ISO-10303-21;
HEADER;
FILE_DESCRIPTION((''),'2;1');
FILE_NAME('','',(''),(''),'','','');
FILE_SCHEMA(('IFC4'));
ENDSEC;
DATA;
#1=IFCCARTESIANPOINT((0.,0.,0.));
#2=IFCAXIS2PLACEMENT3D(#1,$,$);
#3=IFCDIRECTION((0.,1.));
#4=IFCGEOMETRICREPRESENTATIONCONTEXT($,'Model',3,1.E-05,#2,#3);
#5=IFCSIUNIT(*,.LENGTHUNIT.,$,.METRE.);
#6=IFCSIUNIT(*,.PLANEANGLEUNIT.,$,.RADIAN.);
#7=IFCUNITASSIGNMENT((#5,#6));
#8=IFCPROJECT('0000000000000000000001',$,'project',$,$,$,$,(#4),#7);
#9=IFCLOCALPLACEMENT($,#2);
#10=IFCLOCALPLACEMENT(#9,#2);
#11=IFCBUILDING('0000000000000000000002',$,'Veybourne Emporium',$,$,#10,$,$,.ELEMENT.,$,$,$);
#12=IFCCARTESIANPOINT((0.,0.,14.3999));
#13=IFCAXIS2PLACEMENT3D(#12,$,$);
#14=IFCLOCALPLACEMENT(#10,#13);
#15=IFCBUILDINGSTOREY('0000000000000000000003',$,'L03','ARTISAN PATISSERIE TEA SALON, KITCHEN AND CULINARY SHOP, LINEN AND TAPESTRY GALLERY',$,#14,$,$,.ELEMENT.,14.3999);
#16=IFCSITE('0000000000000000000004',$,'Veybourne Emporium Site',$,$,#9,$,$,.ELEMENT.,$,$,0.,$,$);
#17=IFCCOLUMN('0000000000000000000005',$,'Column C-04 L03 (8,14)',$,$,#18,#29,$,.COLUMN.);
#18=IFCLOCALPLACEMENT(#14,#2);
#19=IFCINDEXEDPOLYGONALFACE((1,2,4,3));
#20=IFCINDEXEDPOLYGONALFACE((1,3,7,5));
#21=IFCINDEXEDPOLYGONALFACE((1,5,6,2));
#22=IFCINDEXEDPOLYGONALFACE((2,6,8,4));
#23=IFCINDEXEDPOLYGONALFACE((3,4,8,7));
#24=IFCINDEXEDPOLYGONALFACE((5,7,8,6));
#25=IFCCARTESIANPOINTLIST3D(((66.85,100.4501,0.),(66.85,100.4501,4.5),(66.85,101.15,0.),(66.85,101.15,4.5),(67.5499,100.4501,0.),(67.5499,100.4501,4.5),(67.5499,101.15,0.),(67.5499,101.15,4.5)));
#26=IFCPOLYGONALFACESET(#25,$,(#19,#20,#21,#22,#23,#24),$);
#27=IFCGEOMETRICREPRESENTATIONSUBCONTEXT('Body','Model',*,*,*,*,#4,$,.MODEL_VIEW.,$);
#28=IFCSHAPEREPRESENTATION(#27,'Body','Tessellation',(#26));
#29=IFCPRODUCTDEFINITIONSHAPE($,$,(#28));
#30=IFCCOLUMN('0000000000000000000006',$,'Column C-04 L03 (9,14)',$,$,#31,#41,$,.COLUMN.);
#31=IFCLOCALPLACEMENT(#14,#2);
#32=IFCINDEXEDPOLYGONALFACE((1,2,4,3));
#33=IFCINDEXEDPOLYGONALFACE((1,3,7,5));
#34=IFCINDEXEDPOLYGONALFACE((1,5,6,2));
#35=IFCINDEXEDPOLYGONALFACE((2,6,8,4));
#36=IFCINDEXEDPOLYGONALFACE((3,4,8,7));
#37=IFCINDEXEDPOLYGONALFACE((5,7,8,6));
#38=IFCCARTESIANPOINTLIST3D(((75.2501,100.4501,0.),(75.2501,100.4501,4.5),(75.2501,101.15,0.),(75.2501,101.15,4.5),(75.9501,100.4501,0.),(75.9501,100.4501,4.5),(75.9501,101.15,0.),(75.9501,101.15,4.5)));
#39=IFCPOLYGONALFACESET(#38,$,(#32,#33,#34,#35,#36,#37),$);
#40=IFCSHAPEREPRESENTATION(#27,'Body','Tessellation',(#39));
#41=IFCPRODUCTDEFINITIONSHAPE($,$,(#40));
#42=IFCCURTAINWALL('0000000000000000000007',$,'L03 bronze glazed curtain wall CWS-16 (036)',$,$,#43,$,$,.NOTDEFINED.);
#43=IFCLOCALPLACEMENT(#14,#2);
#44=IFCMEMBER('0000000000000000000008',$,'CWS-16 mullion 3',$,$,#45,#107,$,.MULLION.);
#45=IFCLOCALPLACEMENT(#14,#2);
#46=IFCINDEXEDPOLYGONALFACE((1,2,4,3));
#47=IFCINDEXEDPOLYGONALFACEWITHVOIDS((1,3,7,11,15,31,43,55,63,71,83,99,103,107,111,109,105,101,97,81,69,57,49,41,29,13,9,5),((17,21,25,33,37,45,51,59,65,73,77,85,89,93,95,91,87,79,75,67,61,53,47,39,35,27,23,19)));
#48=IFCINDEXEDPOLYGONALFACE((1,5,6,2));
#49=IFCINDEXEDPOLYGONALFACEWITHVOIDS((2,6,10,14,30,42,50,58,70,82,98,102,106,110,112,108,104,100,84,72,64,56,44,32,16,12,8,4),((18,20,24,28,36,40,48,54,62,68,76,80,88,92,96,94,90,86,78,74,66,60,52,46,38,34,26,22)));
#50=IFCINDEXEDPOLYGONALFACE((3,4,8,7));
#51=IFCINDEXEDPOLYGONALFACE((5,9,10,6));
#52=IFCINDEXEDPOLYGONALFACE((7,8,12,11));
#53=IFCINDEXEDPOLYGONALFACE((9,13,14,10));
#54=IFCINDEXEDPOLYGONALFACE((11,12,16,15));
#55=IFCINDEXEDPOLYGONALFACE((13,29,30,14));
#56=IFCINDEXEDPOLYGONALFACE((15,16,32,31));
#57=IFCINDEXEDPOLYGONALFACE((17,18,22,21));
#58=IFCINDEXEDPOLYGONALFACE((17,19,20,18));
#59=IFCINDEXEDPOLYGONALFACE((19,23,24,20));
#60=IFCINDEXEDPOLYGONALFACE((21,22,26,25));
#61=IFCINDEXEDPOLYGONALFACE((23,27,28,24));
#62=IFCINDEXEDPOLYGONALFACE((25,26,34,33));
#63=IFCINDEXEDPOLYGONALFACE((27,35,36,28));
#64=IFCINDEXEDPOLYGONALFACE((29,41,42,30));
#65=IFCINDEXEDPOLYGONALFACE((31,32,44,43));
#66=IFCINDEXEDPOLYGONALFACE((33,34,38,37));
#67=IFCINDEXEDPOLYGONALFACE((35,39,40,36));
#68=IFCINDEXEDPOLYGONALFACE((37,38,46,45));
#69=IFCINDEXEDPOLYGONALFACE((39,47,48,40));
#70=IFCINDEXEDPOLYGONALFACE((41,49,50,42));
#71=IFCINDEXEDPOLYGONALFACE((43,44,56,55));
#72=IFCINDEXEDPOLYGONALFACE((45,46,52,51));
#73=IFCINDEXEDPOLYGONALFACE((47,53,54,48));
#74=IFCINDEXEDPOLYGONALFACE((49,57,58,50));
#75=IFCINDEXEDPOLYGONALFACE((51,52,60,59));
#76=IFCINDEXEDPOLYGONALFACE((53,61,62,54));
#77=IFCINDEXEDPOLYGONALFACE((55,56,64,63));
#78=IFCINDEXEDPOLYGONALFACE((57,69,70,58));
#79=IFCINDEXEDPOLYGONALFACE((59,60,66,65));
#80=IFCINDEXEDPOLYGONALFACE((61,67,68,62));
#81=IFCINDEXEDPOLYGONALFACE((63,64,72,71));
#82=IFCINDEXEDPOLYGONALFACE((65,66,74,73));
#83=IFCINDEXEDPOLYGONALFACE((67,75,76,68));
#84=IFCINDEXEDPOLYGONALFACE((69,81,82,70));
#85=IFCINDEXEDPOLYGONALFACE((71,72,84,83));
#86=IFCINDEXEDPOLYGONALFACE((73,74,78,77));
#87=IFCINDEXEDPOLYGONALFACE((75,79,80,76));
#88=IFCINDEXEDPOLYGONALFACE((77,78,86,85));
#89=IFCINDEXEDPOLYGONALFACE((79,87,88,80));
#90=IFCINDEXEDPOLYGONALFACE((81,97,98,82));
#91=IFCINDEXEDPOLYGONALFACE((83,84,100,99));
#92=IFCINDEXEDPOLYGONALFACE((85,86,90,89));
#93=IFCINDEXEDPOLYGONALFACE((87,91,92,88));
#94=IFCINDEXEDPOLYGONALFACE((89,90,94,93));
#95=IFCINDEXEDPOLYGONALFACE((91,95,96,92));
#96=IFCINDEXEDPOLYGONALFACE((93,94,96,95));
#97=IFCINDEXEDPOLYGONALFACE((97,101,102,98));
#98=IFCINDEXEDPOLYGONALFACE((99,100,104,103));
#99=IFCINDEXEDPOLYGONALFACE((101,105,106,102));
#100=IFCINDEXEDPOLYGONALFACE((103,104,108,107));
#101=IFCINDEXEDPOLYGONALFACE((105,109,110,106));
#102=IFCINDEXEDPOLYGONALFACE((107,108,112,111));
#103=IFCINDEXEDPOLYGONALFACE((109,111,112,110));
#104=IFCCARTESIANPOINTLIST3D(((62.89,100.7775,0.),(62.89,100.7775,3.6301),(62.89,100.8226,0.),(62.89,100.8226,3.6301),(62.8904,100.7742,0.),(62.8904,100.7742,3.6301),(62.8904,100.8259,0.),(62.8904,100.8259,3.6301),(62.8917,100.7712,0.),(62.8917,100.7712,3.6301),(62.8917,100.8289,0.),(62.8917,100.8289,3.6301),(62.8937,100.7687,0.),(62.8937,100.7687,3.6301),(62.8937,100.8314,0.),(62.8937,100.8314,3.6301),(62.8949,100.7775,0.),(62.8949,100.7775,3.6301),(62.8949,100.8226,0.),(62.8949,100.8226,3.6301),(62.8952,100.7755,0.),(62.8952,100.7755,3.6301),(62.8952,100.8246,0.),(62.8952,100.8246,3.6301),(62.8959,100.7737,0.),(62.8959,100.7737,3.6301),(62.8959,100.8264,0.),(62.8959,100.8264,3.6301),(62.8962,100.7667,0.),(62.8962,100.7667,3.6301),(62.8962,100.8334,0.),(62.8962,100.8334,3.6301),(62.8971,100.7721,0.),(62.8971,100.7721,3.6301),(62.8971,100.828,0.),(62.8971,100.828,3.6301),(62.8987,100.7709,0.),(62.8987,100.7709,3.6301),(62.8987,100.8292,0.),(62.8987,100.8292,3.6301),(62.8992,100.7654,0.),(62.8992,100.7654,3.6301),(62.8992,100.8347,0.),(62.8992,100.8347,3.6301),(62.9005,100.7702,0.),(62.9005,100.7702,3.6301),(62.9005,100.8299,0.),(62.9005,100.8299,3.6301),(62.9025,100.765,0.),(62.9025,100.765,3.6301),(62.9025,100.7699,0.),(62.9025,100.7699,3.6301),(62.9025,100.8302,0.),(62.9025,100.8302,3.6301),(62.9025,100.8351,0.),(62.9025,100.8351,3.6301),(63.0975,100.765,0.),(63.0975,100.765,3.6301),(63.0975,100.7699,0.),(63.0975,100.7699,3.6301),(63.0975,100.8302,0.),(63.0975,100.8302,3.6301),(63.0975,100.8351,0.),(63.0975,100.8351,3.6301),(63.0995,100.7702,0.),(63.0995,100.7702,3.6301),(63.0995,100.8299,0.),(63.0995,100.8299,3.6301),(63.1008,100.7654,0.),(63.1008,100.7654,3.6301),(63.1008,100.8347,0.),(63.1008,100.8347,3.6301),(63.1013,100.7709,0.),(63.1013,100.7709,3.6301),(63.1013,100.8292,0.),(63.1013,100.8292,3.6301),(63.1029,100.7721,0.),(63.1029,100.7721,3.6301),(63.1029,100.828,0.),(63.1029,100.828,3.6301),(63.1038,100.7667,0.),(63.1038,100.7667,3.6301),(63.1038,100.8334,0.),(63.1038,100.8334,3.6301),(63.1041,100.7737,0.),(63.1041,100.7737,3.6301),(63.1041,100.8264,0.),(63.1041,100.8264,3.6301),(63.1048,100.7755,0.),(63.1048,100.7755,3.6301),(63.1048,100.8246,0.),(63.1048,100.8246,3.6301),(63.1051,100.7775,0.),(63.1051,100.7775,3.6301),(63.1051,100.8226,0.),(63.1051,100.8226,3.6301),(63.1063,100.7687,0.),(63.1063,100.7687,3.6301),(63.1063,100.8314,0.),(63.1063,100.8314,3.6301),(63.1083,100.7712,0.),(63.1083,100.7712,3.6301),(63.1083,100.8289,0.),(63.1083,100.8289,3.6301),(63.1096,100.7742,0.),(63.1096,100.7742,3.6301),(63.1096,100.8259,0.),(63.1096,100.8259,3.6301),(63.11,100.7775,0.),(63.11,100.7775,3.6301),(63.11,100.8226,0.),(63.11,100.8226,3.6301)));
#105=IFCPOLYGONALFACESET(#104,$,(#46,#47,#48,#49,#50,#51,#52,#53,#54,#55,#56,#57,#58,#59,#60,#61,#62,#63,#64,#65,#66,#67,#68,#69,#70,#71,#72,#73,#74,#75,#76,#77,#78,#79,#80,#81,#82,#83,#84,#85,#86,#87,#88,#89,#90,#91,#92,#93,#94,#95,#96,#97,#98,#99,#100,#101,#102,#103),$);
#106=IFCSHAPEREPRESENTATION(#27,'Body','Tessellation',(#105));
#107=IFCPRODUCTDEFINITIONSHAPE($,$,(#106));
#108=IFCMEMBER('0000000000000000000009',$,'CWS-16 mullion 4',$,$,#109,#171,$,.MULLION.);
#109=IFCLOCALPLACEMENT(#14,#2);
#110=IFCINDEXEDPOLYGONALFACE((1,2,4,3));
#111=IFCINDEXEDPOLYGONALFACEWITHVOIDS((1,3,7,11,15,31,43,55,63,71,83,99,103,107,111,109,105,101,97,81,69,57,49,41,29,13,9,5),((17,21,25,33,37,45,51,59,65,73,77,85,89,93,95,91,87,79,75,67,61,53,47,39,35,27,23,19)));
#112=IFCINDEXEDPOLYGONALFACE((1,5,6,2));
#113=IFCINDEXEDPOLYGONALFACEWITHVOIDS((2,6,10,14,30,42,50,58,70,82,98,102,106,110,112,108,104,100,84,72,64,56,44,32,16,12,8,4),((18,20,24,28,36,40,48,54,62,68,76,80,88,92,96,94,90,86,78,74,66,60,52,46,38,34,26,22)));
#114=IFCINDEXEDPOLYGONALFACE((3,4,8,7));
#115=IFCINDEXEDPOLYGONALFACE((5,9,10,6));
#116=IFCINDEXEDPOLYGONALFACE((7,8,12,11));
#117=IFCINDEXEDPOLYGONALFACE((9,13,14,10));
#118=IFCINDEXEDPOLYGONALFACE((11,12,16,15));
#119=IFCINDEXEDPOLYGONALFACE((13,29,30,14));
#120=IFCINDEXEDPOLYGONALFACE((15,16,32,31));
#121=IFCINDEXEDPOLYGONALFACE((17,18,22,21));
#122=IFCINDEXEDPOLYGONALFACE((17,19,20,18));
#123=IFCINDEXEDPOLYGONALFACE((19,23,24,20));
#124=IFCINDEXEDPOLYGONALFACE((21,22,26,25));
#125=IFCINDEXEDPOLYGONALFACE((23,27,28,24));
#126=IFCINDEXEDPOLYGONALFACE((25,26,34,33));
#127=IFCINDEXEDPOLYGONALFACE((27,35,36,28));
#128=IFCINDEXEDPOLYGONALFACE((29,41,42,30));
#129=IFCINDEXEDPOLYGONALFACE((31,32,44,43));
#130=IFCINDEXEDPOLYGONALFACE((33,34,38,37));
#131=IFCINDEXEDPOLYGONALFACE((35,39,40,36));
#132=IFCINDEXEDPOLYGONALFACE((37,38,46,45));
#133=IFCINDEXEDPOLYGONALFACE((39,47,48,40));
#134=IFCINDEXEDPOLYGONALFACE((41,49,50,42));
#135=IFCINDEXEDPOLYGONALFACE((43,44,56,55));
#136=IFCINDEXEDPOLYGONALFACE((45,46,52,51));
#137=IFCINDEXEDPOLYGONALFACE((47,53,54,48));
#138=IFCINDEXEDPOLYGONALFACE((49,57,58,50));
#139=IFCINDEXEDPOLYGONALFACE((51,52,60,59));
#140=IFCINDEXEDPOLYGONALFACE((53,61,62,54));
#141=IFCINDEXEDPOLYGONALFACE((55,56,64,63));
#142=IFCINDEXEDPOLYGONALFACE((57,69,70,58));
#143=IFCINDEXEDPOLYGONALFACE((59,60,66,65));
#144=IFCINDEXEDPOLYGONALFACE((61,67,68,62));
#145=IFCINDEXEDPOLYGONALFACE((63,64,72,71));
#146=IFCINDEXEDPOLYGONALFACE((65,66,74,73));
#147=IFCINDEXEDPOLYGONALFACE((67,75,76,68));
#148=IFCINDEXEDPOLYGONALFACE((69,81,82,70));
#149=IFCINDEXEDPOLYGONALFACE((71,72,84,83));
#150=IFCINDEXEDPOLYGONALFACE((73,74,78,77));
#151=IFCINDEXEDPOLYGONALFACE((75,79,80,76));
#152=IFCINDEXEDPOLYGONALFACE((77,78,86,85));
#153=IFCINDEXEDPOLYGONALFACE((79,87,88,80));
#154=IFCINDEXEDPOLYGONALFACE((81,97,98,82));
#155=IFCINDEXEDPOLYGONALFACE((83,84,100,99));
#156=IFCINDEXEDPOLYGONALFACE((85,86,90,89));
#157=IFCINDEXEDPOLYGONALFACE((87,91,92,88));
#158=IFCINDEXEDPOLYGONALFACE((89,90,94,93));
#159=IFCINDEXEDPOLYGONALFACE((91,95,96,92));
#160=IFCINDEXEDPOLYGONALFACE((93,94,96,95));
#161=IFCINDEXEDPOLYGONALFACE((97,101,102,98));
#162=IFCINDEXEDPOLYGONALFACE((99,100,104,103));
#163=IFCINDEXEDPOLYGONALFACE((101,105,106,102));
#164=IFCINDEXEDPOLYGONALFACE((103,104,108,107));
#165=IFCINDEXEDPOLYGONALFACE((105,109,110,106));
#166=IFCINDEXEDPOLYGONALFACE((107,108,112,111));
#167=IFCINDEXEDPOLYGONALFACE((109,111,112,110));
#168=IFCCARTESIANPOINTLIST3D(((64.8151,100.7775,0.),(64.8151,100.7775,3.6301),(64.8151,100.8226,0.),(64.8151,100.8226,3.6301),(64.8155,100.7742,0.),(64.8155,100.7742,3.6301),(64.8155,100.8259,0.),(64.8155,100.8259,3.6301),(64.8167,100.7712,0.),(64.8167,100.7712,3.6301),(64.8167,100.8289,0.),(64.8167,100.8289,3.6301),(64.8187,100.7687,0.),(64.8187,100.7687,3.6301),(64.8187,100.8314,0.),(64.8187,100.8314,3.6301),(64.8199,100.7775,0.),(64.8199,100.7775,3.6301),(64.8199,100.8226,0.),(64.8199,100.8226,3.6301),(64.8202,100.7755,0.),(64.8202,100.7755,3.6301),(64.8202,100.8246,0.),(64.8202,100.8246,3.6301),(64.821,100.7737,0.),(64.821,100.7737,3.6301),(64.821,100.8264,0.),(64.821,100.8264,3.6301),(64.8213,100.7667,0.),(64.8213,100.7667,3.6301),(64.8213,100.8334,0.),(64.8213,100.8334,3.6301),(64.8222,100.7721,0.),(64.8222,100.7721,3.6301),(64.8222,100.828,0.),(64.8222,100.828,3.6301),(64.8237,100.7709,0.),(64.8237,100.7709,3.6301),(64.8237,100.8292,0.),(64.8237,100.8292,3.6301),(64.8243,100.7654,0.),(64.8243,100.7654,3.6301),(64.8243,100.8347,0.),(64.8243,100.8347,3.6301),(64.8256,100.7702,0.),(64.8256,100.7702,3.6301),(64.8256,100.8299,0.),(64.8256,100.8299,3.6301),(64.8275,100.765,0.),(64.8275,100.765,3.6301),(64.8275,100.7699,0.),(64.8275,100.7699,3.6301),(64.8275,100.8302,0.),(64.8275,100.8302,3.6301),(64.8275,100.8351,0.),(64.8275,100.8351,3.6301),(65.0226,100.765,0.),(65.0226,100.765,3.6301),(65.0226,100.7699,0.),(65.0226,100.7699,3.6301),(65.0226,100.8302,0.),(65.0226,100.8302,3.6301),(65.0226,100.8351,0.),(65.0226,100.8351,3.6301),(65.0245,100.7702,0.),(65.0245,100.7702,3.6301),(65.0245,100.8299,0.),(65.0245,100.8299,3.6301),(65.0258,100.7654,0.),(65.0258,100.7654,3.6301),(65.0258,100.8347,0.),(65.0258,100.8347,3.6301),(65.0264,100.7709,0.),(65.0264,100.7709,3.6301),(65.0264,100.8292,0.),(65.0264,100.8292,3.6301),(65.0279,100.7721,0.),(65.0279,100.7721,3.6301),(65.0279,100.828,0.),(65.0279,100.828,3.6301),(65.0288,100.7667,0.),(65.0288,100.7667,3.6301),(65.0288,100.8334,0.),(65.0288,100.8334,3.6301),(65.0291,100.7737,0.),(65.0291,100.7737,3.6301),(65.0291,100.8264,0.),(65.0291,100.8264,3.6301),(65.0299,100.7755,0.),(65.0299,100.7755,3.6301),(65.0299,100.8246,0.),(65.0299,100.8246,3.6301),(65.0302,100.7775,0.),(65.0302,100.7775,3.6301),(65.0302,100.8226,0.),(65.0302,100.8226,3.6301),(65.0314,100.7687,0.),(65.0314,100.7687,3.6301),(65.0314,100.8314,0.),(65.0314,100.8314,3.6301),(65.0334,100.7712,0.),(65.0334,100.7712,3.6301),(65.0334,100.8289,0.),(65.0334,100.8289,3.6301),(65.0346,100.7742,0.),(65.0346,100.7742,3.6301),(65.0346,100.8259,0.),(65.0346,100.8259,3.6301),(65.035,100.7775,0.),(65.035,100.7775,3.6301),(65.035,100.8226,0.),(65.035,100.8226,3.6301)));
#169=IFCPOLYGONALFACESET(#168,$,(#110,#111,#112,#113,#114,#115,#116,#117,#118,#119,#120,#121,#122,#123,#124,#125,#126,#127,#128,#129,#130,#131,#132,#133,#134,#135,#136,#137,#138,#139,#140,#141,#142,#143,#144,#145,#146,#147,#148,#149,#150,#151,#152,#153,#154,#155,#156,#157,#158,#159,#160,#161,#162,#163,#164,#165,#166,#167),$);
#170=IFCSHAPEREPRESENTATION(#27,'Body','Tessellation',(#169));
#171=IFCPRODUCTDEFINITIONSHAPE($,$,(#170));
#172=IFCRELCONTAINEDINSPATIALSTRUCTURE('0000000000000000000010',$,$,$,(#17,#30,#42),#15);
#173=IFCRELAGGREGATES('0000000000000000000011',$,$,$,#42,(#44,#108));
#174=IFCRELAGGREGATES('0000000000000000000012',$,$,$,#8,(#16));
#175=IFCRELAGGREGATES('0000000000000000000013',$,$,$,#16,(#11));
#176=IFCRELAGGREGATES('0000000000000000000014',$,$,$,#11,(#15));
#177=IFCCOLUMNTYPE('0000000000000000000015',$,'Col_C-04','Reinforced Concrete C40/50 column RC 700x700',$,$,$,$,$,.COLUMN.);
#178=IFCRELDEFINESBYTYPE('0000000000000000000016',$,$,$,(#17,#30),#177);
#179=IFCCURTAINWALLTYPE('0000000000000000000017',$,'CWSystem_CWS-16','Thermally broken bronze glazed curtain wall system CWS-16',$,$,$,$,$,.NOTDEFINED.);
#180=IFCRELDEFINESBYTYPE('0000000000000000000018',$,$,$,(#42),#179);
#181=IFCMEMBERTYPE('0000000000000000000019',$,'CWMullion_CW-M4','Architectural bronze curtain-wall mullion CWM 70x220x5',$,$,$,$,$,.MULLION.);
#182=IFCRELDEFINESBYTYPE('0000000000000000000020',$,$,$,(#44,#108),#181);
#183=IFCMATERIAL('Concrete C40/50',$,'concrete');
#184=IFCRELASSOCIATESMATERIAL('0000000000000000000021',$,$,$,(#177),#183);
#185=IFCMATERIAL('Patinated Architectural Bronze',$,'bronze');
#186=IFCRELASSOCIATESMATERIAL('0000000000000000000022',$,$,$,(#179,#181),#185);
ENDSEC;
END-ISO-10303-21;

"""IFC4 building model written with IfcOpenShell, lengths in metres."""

from ifc_helpers import new_model, si_unit, direction, frame, origin, origin_2d, place, context, subcontext, project, spatial, rectangle, hollow_rectangle, extrude, material, material_profile, profile_set, type_object, element, aggregate, save


model = new_model("IFC4")

# Units and contexts
model_context = context("Model", 3, precision=1e-05, world=origin(), true_north=direction((0.0, 1.0)))
body_context = subcontext(model_context, "Body", "Model", "MODEL_VIEW")
ifc_project = project(units=[si_unit("LENGTHUNIT", "METRE"), si_unit("PLANEANGLEUNIT", "RADIAN")], contexts=[model_context])

# Site, building, storey
site_placement = place(None, origin())
site = spatial("IfcSite", under=ifc_project, at=site_placement, Name="Veybourne Emporium Site", CompositionType="ELEMENT", RefElevation=0.0)
building_placement = place(site_placement, origin())
building = spatial("IfcBuilding", under=site, at=building_placement, Name="Veybourne Emporium", CompositionType="ELEMENT")
storey_placement = place(building_placement, frame((0.0, 0.0, 14.3999)))
storey = spatial("IfcBuildingStorey", under=building, at=storey_placement, Name="L03", Description="ARTISAN PATISSERIE TEA SALON, KITCHEN AND CULINARY SHOP, LINEN AND TAPESTRY GALLERY", CompositionType="ELEMENT", Elevation=14.3999)

# Columns
ifc_material_1 = material(Name="Concrete C40/50", Category="concrete")
ifc_material_profile_1 = material_profile(ifc_material_1, rectangle(XDim=0.7, YDim=0.7, at=origin_2d()), Name="RC 700x700")
ifc_profile_set_1 = profile_set([ifc_material_profile_1], Name="Concrete C40/50")
column_type = type_object("IfcColumnType", Name="Col_C-04", Description="Reinforced Concrete C40/50 column RC 700x700", PredefinedType="COLUMN", material=ifc_profile_set_1)
for number, where, z_axis, x_axis, name in (
    (1, (67.2, 100.8, 0.0), (0.0, 0.0, 1.0), (1.0, 0.0, 0.0), "Column C-04 L03 (8,14)"),
    (2, (75.6001, 100.8, 0.0), (0.0, 0.0, 1.0), (1.0, 0.0, 0.0), "Column C-04 L03 (9,14)"),
):
    element("IfcColumn", number, at=place(storey_placement, frame(where, z_axis=z_axis, x_axis=x_axis)), inside=storey, type_object=column_type, Name=name, PredefinedType="COLUMN", context=body_context, shape_type="SweptSolid", body=[
        extrude(rectangle(XDim=0.7, YDim=0.7, at=origin_2d()), origin(), (0.0, 0.0, 1.0), 4.5),
    ])

# Curtain wall, members
ifc_material_2 = material(Name="Patinated Architectural Bronze", Category="bronze")
curtain_wall_type = type_object("IfcCurtainWallType", Name="CWSystem_CWS-16", Description="Thermally broken bronze glazed curtain wall system CWS-16", PredefinedType="NOTDEFINED", material=ifc_material_2)
curtain_wall_placement = place(storey_placement, origin())
curtain_wall = element("IfcCurtainWall", 3, at=curtain_wall_placement, inside=storey, type_object=curtain_wall_type, Name="L03 bronze glazed curtain wall CWS-16 (036)", PredefinedType="NOTDEFINED")
ifc_material_profile_2 = material_profile(ifc_material_2, hollow_rectangle(XDim=0.0701, YDim=0.22, WallThickness=0.0049, InnerFilletRadius=0.0076, OuterFilletRadius=0.0125, at=origin_2d()), Name="CWM 70x220x5")
ifc_profile_set_2 = profile_set([ifc_material_profile_2], Name="Patinated Architectural Bronze")
member_type_1 = type_object("IfcMemberType", Name="CWMullion_CW-M4", Description="Architectural bronze curtain-wall mullion CWM 70x220x5", PredefinedType="MULLION", material=ifc_profile_set_2)
member_1_placement = place(storey_placement, frame((63.0, 100.8, 0.0), z_axis=(0.0, 0.0, 1.0), x_axis=(0.0, 1.0, 0.0)))
member_1 = element("IfcMember", 4, at=member_1_placement, type_object=member_type_1, Name="CWS-16 mullion 3", PredefinedType="MULLION", context=body_context, shape_type="SweptSolid", body=[
    extrude(hollow_rectangle(XDim=0.0701, YDim=0.22, WallThickness=0.0049, InnerFilletRadius=0.0076, OuterFilletRadius=0.0125, at=origin_2d()), origin(), (0.0, 0.0, 1.0), 3.6301),
])
member_2_placement = place(storey_placement, frame((64.925, 100.8, 0.0), z_axis=(0.0, 0.0, 1.0), x_axis=(0.0, 1.0, 0.0)))
member_2 = element("IfcMember", 5, at=member_2_placement, type_object=member_type_1, Name="CWS-16 mullion 4", PredefinedType="MULLION", context=body_context, shape_type="SweptSolid", body=[
    extrude(hollow_rectangle(XDim=0.0701, YDim=0.22, WallThickness=0.0049, InnerFilletRadius=0.0076, OuterFilletRadius=0.0125, at=origin_2d()), origin(), (0.0, 0.0, 1.0), 3.6301),
])

aggregate(curtain_wall, [member_1, member_2])

save(model, "model.ifc")
